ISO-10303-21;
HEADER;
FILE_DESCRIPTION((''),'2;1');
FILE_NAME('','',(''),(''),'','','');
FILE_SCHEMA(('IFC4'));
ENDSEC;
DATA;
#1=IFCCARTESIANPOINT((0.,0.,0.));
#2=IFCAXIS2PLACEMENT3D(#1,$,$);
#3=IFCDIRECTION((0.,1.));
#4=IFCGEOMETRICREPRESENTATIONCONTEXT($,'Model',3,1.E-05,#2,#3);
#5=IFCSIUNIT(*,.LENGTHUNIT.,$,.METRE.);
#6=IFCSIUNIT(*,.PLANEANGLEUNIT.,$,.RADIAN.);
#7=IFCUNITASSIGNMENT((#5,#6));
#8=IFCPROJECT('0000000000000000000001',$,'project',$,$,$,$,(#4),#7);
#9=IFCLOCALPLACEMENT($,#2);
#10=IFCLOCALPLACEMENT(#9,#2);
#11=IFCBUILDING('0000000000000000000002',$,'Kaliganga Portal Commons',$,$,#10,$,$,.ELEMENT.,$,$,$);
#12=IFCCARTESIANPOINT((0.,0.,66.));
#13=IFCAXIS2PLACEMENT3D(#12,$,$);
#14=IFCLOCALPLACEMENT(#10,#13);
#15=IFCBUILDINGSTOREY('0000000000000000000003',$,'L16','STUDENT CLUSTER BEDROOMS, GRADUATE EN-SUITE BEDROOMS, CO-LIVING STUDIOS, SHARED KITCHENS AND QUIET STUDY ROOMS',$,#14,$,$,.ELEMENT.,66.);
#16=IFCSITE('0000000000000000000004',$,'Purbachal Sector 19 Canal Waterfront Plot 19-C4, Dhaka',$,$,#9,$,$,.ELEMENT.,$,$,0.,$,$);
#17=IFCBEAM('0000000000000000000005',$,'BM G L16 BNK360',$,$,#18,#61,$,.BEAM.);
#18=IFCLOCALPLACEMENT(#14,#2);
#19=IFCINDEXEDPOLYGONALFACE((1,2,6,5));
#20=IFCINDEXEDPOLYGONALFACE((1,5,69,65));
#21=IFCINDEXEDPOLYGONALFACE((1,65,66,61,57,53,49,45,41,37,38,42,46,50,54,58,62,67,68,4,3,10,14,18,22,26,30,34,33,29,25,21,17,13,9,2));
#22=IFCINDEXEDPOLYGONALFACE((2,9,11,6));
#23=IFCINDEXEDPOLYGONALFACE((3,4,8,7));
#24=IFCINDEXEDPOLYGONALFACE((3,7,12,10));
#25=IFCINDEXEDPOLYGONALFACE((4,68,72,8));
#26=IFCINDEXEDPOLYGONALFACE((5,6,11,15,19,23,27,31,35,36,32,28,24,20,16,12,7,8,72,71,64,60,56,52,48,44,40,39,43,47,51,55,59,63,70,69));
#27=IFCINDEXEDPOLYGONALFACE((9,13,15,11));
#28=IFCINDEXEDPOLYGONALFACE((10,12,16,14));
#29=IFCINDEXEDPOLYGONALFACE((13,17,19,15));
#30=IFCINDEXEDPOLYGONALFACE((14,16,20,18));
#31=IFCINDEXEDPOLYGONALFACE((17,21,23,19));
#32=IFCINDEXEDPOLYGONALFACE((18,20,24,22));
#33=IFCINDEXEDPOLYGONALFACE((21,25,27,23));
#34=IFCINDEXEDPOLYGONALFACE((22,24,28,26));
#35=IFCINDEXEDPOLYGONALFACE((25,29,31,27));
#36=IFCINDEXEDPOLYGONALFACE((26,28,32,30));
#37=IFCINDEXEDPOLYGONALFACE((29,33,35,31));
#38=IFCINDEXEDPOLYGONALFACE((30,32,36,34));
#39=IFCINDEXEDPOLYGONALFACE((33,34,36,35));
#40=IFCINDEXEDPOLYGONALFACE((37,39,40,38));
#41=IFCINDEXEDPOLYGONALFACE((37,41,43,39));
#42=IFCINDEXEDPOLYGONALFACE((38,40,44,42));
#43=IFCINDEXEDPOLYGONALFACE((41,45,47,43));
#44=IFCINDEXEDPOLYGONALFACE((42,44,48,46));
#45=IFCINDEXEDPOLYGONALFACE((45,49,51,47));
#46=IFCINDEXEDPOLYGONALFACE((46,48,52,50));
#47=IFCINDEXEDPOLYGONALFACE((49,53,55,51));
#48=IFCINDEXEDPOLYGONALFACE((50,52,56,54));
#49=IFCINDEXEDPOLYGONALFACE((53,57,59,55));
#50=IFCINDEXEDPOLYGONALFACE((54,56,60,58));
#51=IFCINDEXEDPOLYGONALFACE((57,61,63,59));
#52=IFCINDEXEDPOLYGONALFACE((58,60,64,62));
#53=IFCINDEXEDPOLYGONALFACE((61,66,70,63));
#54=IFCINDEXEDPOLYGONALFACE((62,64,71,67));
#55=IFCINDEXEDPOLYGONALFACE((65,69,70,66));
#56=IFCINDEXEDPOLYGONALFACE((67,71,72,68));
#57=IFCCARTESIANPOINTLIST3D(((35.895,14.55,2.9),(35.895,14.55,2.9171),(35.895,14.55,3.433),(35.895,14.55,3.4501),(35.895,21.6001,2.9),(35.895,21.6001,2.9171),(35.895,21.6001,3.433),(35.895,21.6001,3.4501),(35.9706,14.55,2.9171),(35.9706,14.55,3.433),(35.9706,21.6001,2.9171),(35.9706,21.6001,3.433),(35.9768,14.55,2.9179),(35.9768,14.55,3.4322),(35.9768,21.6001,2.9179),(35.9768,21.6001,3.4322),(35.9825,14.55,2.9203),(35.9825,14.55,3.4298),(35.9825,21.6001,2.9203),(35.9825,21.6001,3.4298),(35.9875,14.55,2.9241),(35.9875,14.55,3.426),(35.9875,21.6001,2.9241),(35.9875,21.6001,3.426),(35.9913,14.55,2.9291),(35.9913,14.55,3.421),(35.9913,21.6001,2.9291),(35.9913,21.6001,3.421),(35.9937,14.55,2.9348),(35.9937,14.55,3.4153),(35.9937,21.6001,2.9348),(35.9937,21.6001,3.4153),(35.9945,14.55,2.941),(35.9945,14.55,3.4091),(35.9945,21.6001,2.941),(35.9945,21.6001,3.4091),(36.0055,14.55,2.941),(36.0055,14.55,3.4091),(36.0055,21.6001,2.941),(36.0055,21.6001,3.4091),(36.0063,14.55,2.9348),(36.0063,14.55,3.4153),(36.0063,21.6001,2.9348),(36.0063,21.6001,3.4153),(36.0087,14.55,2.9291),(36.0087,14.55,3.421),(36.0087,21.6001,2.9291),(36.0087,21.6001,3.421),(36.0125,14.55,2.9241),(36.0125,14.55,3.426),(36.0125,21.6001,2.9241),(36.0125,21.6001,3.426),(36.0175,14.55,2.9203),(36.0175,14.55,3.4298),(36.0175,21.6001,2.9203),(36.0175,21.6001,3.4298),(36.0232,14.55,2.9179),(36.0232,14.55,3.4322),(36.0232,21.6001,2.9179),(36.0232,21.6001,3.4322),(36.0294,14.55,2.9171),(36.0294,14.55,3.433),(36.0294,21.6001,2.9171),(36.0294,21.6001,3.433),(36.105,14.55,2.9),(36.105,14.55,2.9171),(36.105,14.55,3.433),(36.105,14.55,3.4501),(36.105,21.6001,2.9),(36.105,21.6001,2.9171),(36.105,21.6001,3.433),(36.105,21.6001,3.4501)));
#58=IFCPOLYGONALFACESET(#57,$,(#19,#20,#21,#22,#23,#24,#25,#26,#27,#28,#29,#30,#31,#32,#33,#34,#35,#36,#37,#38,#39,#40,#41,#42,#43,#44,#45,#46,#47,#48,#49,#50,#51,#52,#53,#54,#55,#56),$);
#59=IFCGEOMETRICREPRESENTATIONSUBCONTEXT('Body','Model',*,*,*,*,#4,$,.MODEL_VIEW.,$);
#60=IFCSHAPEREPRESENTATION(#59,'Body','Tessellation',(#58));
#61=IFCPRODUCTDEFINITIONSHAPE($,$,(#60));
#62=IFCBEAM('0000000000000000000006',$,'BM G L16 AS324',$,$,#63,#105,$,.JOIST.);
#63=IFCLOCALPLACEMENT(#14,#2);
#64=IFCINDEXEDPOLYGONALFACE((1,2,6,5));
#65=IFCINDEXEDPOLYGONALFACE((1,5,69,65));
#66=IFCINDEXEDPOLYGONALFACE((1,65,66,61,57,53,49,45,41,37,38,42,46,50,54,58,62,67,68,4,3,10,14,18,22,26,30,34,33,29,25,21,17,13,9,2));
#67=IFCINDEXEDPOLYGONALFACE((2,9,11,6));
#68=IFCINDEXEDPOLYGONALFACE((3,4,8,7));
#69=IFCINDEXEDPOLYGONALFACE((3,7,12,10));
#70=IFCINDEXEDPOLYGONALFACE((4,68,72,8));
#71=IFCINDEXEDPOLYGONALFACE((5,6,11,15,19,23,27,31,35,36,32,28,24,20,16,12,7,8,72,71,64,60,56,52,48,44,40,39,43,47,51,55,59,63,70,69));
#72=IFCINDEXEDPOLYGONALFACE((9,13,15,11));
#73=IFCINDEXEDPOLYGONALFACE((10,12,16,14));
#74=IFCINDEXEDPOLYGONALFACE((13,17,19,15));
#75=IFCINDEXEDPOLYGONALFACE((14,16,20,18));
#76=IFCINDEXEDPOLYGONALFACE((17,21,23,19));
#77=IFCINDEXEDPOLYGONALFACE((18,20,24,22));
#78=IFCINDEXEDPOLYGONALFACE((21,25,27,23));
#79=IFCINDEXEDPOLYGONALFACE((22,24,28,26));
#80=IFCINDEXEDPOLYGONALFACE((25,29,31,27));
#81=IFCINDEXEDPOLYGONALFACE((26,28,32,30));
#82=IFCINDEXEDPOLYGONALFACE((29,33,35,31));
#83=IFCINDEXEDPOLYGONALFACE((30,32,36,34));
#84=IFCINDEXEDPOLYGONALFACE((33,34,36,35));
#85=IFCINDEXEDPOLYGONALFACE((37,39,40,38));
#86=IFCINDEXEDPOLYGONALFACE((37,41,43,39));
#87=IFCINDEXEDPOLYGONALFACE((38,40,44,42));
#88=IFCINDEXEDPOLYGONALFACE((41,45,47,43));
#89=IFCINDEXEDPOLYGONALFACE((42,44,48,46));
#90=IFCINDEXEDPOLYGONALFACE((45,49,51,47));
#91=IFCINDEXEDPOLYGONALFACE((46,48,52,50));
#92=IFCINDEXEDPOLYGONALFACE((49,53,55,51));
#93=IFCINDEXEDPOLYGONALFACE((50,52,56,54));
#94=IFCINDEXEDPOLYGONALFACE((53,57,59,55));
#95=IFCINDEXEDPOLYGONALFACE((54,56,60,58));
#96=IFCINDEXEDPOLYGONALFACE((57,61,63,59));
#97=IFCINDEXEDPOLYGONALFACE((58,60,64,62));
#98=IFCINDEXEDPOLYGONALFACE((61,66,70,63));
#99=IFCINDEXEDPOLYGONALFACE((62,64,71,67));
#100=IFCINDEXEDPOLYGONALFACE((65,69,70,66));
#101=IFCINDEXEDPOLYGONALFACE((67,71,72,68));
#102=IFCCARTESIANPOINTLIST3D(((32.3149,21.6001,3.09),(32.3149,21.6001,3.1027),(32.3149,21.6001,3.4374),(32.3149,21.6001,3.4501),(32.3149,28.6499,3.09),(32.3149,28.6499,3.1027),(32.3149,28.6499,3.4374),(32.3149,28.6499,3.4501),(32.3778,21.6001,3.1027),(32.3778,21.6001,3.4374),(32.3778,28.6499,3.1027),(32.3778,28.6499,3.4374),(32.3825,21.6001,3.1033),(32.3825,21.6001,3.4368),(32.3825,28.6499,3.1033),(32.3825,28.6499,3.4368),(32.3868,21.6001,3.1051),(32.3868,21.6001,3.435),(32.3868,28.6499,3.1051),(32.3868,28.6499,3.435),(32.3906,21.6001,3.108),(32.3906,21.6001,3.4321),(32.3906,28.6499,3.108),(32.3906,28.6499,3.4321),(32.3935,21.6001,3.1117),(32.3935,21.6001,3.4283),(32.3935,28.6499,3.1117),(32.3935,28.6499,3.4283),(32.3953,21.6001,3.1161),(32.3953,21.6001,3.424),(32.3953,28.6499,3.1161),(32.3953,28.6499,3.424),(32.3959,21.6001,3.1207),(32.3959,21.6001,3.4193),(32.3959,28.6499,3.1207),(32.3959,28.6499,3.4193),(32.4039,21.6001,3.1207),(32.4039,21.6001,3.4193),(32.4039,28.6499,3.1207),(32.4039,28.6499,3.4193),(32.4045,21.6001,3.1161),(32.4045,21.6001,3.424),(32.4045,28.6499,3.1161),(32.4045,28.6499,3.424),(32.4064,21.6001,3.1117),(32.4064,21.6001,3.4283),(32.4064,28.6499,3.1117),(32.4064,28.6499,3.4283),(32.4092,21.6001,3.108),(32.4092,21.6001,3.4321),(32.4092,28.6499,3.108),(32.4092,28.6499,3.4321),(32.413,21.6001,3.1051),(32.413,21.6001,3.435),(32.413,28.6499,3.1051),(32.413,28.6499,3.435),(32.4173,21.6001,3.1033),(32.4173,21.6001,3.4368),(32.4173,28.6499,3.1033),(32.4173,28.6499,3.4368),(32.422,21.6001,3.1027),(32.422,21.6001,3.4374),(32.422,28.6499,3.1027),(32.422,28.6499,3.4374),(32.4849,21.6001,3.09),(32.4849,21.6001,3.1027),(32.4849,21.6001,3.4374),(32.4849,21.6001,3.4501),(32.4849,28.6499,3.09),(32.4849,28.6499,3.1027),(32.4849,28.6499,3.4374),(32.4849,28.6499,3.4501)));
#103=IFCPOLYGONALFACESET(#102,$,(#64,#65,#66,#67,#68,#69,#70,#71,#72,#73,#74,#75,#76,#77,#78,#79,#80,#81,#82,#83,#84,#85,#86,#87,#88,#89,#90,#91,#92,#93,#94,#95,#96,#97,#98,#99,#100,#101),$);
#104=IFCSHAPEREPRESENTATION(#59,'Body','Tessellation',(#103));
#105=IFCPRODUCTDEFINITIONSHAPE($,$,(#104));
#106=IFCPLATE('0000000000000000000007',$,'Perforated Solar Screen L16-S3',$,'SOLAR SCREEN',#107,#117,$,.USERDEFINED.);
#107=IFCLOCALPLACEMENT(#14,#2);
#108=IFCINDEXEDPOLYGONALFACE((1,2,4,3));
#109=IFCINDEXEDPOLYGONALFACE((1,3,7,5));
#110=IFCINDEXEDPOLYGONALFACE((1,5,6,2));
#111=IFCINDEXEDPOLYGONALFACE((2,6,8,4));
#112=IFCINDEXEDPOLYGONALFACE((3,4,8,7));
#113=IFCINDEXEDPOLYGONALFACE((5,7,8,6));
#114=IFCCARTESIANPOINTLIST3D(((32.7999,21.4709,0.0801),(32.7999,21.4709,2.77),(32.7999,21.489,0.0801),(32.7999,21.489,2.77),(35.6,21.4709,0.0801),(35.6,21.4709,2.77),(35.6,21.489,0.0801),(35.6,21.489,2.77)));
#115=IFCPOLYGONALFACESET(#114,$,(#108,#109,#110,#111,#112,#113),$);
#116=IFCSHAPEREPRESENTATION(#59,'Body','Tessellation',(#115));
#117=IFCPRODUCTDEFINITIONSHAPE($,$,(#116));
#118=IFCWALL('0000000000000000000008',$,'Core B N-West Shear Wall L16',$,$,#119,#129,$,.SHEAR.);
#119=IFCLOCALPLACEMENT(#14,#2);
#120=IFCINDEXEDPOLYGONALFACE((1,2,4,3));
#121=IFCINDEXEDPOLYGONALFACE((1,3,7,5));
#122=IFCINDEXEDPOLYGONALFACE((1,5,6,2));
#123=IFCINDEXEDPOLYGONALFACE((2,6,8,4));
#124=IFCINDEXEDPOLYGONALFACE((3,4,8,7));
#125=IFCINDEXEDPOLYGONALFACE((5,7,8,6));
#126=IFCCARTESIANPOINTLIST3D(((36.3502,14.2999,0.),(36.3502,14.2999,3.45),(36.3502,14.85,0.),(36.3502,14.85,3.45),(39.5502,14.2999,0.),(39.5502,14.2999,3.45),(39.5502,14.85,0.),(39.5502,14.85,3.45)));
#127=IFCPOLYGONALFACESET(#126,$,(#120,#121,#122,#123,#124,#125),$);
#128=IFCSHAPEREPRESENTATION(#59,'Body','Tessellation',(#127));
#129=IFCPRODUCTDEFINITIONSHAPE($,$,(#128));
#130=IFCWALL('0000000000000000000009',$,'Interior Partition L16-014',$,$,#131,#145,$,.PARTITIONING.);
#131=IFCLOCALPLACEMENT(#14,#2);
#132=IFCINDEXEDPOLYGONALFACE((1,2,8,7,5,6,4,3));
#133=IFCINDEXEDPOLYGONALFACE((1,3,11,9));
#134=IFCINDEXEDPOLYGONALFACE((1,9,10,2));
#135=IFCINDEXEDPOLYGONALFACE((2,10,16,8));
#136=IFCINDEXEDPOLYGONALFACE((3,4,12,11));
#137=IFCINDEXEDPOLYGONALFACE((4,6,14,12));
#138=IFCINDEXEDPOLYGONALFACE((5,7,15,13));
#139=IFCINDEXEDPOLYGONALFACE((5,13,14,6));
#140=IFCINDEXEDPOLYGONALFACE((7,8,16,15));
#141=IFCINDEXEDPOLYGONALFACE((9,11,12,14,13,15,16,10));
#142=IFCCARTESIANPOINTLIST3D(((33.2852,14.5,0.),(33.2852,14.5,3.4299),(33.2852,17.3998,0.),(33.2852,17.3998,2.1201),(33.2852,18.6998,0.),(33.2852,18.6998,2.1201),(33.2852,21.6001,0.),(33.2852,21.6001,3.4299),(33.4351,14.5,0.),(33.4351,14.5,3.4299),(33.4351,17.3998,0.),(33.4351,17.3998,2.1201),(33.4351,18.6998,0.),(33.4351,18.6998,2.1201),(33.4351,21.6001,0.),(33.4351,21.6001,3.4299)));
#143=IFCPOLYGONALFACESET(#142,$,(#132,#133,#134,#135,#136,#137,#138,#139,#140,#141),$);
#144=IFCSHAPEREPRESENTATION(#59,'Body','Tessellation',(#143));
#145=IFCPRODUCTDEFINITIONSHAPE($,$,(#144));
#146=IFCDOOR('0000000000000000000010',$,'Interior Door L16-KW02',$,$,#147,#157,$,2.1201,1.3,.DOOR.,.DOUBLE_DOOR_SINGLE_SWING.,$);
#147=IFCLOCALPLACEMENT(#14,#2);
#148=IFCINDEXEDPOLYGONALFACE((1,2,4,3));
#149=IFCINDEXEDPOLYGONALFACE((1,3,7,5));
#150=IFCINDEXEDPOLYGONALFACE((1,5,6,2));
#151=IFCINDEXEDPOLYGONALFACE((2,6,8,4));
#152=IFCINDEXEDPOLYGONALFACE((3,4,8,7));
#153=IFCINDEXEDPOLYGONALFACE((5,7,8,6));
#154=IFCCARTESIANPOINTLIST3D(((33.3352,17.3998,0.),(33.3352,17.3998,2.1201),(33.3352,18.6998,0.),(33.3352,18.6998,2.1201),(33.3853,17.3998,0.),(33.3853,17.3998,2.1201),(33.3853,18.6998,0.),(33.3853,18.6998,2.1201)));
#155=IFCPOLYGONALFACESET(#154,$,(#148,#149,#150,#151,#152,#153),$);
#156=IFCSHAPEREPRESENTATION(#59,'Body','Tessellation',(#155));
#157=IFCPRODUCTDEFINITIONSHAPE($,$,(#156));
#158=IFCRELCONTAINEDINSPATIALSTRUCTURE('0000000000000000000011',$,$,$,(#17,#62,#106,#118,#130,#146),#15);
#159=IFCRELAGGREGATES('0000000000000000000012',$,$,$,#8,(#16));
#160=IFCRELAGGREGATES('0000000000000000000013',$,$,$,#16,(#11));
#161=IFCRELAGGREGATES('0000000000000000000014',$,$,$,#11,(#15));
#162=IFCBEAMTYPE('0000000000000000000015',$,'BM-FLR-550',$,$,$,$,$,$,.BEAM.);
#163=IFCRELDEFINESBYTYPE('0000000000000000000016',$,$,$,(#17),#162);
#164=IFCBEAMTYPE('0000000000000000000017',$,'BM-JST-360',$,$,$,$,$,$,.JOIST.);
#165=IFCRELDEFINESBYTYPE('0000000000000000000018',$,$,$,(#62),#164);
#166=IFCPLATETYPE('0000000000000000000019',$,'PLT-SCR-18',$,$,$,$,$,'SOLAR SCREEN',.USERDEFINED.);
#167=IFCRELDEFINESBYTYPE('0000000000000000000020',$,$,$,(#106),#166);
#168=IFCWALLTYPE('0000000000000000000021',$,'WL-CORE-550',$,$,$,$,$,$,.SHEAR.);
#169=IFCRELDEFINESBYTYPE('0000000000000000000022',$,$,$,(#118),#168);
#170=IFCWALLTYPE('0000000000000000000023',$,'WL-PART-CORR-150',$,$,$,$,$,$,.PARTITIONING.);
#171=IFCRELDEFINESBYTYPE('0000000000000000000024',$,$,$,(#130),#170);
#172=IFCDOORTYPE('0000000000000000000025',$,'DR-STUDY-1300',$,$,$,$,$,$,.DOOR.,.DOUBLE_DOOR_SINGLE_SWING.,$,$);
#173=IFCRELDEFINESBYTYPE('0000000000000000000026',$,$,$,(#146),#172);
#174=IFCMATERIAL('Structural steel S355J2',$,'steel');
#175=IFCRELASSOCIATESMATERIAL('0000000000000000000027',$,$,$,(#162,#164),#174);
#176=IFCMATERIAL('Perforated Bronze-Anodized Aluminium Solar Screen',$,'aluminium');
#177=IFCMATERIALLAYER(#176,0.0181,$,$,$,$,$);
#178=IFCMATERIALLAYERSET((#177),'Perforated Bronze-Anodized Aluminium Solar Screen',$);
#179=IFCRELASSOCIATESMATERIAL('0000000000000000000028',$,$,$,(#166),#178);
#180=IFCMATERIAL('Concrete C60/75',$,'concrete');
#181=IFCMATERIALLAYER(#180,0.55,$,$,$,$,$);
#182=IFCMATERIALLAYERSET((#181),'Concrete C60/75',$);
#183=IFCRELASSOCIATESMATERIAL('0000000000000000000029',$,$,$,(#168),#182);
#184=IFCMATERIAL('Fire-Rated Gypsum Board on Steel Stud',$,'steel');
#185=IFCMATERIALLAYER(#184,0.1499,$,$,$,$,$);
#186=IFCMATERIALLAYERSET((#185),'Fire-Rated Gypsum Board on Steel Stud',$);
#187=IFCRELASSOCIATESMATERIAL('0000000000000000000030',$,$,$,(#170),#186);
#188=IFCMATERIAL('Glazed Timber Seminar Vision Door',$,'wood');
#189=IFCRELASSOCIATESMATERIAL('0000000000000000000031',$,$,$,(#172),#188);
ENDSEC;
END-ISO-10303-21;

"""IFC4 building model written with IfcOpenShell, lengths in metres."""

from ifc_helpers import new_model, si_unit, direction, frame, frame_2d, origin, origin_2d, place, context, subcontext, project, spatial, rectangle, i_section, extrude, source, transform, mapped, material, layer, layer_set, material_profile, profile_set, type_object, element, fill, save


model = new_model("IFC4")

# Units and contexts
model_context = context("Model", 3, precision=1e-05, world=origin(), true_north=direction((0.0, 1.0)))
body_context = subcontext(model_context, "Body", "Model", "MODEL_VIEW")
ifc_project = project(units=[si_unit("LENGTHUNIT", "METRE"), si_unit("PLANEANGLEUNIT", "RADIAN")], contexts=[model_context])

# Site, building, storey
site_placement = place(None, origin())
site = spatial("IfcSite", under=ifc_project, at=site_placement, Name="Purbachal Sector 19 Canal Waterfront Plot 19-C4, Dhaka", CompositionType="ELEMENT", RefElevation=0.0)
building_placement = place(site_placement, origin())
building = spatial("IfcBuilding", under=site, at=building_placement, Name="Kaliganga Portal Commons", CompositionType="ELEMENT")
storey_placement = place(building_placement, frame((0.0, 0.0, 66.0)))
storey = spatial("IfcBuildingStorey", under=building, at=storey_placement, Name="L16", Description="STUDENT CLUSTER BEDROOMS, GRADUATE EN-SUITE BEDROOMS, CO-LIVING STUDIOS, SHARED KITCHENS AND QUIET STUDY ROOMS", CompositionType="ELEMENT", Elevation=66.0)

# Beams
ifc_material_1 = material(Name="Concrete C60/75", Category="concrete")
ifc_material_2 = material(Name="Structural steel S355J2", Category="steel")
ifc_material_profile_1 = material_profile(ifc_material_2, i_section(OverallWidth=0.21, OverallDepth=0.55, WebThickness=0.011, FlangeThickness=0.0171, FilletRadius=0.0239, at=origin_2d()), Name="IPE 550")
ifc_profile_set_1 = profile_set([ifc_material_profile_1], Name="Structural steel S355J2 wide-flange")
beam_type_1 = type_object("IfcBeamType", Name="BM-FLR-550", PredefinedType="BEAM", material=ifc_profile_set_1)
shared_shape_1 = source(origin(), body_context, "Body", "SweptSolid", [
    extrude(i_section(OverallWidth=0.21, OverallDepth=0.55, WebThickness=0.011, FlangeThickness=0.0171, FilletRadius=0.0239, at=origin_2d()), origin(), (0.0, 0.0, 1.0), 7.05),
])
beam_1_placement = place(storey_placement, frame((36.0, 14.55, 3.175), z_axis=(0.0, 1.0, 0.0), x_axis=(-1.0, 0.0, 0.0)))
element("IfcBeam", 1, at=beam_1_placement, inside=storey, type_object=beam_type_1, Name="BM G L16 BNK360", PredefinedType="BEAM", context=body_context, shape_type="MappedRepresentation", body=[
    mapped(shared_shape_1, transform((0.0, 0.0, 0.0), x_axis=(1.0, 0.0, 0.0), y_axis=(0.0, 1.0, 0.0), z_axis=(0.0, 0.0, 1.0), scale=1.0)),
])
ifc_material_profile_2 = material_profile(ifc_material_2, i_section(OverallWidth=0.1699, OverallDepth=0.3601, WebThickness=0.0081, FlangeThickness=0.0127, FilletRadius=0.0181, at=origin_2d()), Name="IPE 360")
ifc_profile_set_2 = profile_set([ifc_material_profile_2], Name="Structural steel S355J2 wide-flange")
beam_type_2 = type_object("IfcBeamType", Name="BM-JST-360", PredefinedType="JOIST", material=ifc_profile_set_2)
shared_shape_2 = source(origin(), body_context, "Body", "SweptSolid", [
    extrude(i_section(OverallWidth=0.1699, OverallDepth=0.3601, WebThickness=0.0081, FlangeThickness=0.0127, FilletRadius=0.0181, at=origin_2d()), origin(), (0.0, 0.0, 1.0), 7.0498),
])
beam_2_placement = place(storey_placement, frame((32.3999, 21.6001, 3.27), z_axis=(0.0, 1.0, 0.0), x_axis=(-1.0, 0.0, 0.0)))
element("IfcBeam", 2, at=beam_2_placement, inside=storey, type_object=beam_type_2, Name="BM G L16 AS324", PredefinedType="JOIST", context=body_context, shape_type="MappedRepresentation", body=[
    mapped(shared_shape_2, transform((0.0, 0.0, 0.0), x_axis=(1.0, 0.0, 0.0), y_axis=(0.0, 1.0, 0.0), z_axis=(0.0, 0.0, 1.0), scale=1.0)),
])

# Plate
ifc_material_3 = material(Name="Perforated Bronze-Anodized Aluminium Solar Screen", Category="aluminium")
ifc_layer_1 = layer(ifc_material_3, 0.0181)
ifc_layer_set_1 = layer_set([ifc_layer_1], Name="Perforated Bronze-Anodized Aluminium Solar Screen")
plate_type = type_object("IfcPlateType", Name="PLT-SCR-18", ElementType="SOLAR SCREEN", PredefinedType="USERDEFINED", material=ifc_layer_set_1)
shared_shape_3 = source(origin(), body_context, "Body", "SweptSolid", [
    extrude(rectangle(XDim=2.8, YDim=0.0181, at=origin_2d()), origin(), (0.0, 0.0, 1.0), 2.6899),
])
plate_placement = place(storey_placement, frame((34.2, 21.48, 0.0801), z_axis=(0.0, 0.0, 1.0), x_axis=(1.0, 0.0, 0.0)))
element("IfcPlate", 3, at=plate_placement, inside=storey, type_object=plate_type, Name="Perforated Solar Screen L16-S3", ObjectType="SOLAR SCREEN", PredefinedType="USERDEFINED", context=body_context, shape_type="MappedRepresentation", body=[
    mapped(shared_shape_3, transform((0.0, 0.0, 0.0), x_axis=(1.0, 0.0, 0.0), y_axis=(0.0, 1.0, 0.0), z_axis=(0.0, 0.0, 1.0), scale=1.0)),
])

# Wall
ifc_layer_2 = layer(ifc_material_1, 0.55)
ifc_layer_set_2 = layer_set([ifc_layer_2], Name="Concrete C60/75")
wall_type_1 = type_object("IfcWallType", Name="WL-CORE-550", PredefinedType="SHEAR", material=ifc_layer_set_2)
wall_1_placement = place(storey_placement, frame((36.3501, 14.575, 0.0), z_axis=(0.0, 0.0, 1.0), x_axis=(1.0, 0.0, 0.0)))
element("IfcWall", 4, at=wall_1_placement, inside=storey, type_object=wall_type_1, Name="Core B N-West Shear Wall L16", PredefinedType="SHEAR", context=body_context, shape_type="SweptSolid", body=[
    extrude(rectangle(XDim=3.2, YDim=0.55, at=frame_2d((1.6001, 0.0))), origin(), (0.0, 0.0, 1.0), 3.45),
])

# Wall, opening, door
ifc_material_4 = material(Name="Fire-Rated Gypsum Board on Steel Stud", Category="steel")
ifc_layer_3 = layer(ifc_material_4, 0.1499)
ifc_layer_set_3 = layer_set([ifc_layer_3], Name="Fire-Rated Gypsum Board on Steel Stud")
wall_type_2 = type_object("IfcWallType", Name="WL-PART-CORR-150", PredefinedType="PARTITIONING", material=ifc_layer_set_3)
ifc_material_5 = material(Name="Glazed Timber Seminar Vision Door", Category="wood")
door_type_1 = type_object("IfcDoorType", Name="DR-STUDY-1300", OperationType="DOUBLE_DOOR_SINGLE_SWING", PredefinedType="DOOR", material=ifc_material_5)
wall_2_placement = place(storey_placement, frame((33.3601, 14.5, 0.0), z_axis=(0.0, 0.0, 1.0), x_axis=(0.0, 1.0, 0.0)))
wall_2 = element("IfcWall", 5, at=wall_2_placement, inside=storey, type_object=wall_type_2, Name="Interior Partition L16-014", PredefinedType="PARTITIONING", context=body_context, shape_type="SweptSolid", body=[
    extrude(rectangle(XDim=7.1001, YDim=0.1499, at=frame_2d((3.55, 0.0))), origin(), (0.0, 0.0, 1.0), 3.4299),
])
opening_1_placement = place(wall_2_placement, frame((2.8999, 0.0, 0.0)))
opening_1 = element("IfcOpeningElement", 6, at=opening_1_placement, cuts=wall_2, PredefinedType="OPENING", context=body_context, shape_type="SweptSolid", body=[
    extrude(rectangle(XDim=1.3, YDim=2.1201, at=frame_2d((0.6499, 1.0601))), frame((0.0, 0.085, 0.0), z_axis=(0.0, -1.0, 0.0), x_axis=(1.0, 0.0, 0.0)), (0.0, 0.0, 1.0), 0.1699),
])
door_1_placement = place(opening_1_placement, origin())
door_1 = element("IfcDoor", 7, at=door_1_placement, inside=storey, type_object=door_type_1, Name="Interior Door L16-KW02", OperationType="DOUBLE_DOOR_SINGLE_SWING", OverallHeight=2.1201, OverallWidth=1.3, PredefinedType="DOOR", context=body_context, shape_type="SweptSolid", body=[
    extrude(rectangle(XDim=1.3, YDim=2.1201, at=frame_2d((0.6499, 1.0601))), frame((0.0, 0.0249, 0.0), z_axis=(0.0, -1.0, 0.0), x_axis=(1.0, 0.0, 0.0)), (0.0, 0.0, 1.0), 0.05),
])
fill(opening_1, door_1)

save(model, "model.ifc")
